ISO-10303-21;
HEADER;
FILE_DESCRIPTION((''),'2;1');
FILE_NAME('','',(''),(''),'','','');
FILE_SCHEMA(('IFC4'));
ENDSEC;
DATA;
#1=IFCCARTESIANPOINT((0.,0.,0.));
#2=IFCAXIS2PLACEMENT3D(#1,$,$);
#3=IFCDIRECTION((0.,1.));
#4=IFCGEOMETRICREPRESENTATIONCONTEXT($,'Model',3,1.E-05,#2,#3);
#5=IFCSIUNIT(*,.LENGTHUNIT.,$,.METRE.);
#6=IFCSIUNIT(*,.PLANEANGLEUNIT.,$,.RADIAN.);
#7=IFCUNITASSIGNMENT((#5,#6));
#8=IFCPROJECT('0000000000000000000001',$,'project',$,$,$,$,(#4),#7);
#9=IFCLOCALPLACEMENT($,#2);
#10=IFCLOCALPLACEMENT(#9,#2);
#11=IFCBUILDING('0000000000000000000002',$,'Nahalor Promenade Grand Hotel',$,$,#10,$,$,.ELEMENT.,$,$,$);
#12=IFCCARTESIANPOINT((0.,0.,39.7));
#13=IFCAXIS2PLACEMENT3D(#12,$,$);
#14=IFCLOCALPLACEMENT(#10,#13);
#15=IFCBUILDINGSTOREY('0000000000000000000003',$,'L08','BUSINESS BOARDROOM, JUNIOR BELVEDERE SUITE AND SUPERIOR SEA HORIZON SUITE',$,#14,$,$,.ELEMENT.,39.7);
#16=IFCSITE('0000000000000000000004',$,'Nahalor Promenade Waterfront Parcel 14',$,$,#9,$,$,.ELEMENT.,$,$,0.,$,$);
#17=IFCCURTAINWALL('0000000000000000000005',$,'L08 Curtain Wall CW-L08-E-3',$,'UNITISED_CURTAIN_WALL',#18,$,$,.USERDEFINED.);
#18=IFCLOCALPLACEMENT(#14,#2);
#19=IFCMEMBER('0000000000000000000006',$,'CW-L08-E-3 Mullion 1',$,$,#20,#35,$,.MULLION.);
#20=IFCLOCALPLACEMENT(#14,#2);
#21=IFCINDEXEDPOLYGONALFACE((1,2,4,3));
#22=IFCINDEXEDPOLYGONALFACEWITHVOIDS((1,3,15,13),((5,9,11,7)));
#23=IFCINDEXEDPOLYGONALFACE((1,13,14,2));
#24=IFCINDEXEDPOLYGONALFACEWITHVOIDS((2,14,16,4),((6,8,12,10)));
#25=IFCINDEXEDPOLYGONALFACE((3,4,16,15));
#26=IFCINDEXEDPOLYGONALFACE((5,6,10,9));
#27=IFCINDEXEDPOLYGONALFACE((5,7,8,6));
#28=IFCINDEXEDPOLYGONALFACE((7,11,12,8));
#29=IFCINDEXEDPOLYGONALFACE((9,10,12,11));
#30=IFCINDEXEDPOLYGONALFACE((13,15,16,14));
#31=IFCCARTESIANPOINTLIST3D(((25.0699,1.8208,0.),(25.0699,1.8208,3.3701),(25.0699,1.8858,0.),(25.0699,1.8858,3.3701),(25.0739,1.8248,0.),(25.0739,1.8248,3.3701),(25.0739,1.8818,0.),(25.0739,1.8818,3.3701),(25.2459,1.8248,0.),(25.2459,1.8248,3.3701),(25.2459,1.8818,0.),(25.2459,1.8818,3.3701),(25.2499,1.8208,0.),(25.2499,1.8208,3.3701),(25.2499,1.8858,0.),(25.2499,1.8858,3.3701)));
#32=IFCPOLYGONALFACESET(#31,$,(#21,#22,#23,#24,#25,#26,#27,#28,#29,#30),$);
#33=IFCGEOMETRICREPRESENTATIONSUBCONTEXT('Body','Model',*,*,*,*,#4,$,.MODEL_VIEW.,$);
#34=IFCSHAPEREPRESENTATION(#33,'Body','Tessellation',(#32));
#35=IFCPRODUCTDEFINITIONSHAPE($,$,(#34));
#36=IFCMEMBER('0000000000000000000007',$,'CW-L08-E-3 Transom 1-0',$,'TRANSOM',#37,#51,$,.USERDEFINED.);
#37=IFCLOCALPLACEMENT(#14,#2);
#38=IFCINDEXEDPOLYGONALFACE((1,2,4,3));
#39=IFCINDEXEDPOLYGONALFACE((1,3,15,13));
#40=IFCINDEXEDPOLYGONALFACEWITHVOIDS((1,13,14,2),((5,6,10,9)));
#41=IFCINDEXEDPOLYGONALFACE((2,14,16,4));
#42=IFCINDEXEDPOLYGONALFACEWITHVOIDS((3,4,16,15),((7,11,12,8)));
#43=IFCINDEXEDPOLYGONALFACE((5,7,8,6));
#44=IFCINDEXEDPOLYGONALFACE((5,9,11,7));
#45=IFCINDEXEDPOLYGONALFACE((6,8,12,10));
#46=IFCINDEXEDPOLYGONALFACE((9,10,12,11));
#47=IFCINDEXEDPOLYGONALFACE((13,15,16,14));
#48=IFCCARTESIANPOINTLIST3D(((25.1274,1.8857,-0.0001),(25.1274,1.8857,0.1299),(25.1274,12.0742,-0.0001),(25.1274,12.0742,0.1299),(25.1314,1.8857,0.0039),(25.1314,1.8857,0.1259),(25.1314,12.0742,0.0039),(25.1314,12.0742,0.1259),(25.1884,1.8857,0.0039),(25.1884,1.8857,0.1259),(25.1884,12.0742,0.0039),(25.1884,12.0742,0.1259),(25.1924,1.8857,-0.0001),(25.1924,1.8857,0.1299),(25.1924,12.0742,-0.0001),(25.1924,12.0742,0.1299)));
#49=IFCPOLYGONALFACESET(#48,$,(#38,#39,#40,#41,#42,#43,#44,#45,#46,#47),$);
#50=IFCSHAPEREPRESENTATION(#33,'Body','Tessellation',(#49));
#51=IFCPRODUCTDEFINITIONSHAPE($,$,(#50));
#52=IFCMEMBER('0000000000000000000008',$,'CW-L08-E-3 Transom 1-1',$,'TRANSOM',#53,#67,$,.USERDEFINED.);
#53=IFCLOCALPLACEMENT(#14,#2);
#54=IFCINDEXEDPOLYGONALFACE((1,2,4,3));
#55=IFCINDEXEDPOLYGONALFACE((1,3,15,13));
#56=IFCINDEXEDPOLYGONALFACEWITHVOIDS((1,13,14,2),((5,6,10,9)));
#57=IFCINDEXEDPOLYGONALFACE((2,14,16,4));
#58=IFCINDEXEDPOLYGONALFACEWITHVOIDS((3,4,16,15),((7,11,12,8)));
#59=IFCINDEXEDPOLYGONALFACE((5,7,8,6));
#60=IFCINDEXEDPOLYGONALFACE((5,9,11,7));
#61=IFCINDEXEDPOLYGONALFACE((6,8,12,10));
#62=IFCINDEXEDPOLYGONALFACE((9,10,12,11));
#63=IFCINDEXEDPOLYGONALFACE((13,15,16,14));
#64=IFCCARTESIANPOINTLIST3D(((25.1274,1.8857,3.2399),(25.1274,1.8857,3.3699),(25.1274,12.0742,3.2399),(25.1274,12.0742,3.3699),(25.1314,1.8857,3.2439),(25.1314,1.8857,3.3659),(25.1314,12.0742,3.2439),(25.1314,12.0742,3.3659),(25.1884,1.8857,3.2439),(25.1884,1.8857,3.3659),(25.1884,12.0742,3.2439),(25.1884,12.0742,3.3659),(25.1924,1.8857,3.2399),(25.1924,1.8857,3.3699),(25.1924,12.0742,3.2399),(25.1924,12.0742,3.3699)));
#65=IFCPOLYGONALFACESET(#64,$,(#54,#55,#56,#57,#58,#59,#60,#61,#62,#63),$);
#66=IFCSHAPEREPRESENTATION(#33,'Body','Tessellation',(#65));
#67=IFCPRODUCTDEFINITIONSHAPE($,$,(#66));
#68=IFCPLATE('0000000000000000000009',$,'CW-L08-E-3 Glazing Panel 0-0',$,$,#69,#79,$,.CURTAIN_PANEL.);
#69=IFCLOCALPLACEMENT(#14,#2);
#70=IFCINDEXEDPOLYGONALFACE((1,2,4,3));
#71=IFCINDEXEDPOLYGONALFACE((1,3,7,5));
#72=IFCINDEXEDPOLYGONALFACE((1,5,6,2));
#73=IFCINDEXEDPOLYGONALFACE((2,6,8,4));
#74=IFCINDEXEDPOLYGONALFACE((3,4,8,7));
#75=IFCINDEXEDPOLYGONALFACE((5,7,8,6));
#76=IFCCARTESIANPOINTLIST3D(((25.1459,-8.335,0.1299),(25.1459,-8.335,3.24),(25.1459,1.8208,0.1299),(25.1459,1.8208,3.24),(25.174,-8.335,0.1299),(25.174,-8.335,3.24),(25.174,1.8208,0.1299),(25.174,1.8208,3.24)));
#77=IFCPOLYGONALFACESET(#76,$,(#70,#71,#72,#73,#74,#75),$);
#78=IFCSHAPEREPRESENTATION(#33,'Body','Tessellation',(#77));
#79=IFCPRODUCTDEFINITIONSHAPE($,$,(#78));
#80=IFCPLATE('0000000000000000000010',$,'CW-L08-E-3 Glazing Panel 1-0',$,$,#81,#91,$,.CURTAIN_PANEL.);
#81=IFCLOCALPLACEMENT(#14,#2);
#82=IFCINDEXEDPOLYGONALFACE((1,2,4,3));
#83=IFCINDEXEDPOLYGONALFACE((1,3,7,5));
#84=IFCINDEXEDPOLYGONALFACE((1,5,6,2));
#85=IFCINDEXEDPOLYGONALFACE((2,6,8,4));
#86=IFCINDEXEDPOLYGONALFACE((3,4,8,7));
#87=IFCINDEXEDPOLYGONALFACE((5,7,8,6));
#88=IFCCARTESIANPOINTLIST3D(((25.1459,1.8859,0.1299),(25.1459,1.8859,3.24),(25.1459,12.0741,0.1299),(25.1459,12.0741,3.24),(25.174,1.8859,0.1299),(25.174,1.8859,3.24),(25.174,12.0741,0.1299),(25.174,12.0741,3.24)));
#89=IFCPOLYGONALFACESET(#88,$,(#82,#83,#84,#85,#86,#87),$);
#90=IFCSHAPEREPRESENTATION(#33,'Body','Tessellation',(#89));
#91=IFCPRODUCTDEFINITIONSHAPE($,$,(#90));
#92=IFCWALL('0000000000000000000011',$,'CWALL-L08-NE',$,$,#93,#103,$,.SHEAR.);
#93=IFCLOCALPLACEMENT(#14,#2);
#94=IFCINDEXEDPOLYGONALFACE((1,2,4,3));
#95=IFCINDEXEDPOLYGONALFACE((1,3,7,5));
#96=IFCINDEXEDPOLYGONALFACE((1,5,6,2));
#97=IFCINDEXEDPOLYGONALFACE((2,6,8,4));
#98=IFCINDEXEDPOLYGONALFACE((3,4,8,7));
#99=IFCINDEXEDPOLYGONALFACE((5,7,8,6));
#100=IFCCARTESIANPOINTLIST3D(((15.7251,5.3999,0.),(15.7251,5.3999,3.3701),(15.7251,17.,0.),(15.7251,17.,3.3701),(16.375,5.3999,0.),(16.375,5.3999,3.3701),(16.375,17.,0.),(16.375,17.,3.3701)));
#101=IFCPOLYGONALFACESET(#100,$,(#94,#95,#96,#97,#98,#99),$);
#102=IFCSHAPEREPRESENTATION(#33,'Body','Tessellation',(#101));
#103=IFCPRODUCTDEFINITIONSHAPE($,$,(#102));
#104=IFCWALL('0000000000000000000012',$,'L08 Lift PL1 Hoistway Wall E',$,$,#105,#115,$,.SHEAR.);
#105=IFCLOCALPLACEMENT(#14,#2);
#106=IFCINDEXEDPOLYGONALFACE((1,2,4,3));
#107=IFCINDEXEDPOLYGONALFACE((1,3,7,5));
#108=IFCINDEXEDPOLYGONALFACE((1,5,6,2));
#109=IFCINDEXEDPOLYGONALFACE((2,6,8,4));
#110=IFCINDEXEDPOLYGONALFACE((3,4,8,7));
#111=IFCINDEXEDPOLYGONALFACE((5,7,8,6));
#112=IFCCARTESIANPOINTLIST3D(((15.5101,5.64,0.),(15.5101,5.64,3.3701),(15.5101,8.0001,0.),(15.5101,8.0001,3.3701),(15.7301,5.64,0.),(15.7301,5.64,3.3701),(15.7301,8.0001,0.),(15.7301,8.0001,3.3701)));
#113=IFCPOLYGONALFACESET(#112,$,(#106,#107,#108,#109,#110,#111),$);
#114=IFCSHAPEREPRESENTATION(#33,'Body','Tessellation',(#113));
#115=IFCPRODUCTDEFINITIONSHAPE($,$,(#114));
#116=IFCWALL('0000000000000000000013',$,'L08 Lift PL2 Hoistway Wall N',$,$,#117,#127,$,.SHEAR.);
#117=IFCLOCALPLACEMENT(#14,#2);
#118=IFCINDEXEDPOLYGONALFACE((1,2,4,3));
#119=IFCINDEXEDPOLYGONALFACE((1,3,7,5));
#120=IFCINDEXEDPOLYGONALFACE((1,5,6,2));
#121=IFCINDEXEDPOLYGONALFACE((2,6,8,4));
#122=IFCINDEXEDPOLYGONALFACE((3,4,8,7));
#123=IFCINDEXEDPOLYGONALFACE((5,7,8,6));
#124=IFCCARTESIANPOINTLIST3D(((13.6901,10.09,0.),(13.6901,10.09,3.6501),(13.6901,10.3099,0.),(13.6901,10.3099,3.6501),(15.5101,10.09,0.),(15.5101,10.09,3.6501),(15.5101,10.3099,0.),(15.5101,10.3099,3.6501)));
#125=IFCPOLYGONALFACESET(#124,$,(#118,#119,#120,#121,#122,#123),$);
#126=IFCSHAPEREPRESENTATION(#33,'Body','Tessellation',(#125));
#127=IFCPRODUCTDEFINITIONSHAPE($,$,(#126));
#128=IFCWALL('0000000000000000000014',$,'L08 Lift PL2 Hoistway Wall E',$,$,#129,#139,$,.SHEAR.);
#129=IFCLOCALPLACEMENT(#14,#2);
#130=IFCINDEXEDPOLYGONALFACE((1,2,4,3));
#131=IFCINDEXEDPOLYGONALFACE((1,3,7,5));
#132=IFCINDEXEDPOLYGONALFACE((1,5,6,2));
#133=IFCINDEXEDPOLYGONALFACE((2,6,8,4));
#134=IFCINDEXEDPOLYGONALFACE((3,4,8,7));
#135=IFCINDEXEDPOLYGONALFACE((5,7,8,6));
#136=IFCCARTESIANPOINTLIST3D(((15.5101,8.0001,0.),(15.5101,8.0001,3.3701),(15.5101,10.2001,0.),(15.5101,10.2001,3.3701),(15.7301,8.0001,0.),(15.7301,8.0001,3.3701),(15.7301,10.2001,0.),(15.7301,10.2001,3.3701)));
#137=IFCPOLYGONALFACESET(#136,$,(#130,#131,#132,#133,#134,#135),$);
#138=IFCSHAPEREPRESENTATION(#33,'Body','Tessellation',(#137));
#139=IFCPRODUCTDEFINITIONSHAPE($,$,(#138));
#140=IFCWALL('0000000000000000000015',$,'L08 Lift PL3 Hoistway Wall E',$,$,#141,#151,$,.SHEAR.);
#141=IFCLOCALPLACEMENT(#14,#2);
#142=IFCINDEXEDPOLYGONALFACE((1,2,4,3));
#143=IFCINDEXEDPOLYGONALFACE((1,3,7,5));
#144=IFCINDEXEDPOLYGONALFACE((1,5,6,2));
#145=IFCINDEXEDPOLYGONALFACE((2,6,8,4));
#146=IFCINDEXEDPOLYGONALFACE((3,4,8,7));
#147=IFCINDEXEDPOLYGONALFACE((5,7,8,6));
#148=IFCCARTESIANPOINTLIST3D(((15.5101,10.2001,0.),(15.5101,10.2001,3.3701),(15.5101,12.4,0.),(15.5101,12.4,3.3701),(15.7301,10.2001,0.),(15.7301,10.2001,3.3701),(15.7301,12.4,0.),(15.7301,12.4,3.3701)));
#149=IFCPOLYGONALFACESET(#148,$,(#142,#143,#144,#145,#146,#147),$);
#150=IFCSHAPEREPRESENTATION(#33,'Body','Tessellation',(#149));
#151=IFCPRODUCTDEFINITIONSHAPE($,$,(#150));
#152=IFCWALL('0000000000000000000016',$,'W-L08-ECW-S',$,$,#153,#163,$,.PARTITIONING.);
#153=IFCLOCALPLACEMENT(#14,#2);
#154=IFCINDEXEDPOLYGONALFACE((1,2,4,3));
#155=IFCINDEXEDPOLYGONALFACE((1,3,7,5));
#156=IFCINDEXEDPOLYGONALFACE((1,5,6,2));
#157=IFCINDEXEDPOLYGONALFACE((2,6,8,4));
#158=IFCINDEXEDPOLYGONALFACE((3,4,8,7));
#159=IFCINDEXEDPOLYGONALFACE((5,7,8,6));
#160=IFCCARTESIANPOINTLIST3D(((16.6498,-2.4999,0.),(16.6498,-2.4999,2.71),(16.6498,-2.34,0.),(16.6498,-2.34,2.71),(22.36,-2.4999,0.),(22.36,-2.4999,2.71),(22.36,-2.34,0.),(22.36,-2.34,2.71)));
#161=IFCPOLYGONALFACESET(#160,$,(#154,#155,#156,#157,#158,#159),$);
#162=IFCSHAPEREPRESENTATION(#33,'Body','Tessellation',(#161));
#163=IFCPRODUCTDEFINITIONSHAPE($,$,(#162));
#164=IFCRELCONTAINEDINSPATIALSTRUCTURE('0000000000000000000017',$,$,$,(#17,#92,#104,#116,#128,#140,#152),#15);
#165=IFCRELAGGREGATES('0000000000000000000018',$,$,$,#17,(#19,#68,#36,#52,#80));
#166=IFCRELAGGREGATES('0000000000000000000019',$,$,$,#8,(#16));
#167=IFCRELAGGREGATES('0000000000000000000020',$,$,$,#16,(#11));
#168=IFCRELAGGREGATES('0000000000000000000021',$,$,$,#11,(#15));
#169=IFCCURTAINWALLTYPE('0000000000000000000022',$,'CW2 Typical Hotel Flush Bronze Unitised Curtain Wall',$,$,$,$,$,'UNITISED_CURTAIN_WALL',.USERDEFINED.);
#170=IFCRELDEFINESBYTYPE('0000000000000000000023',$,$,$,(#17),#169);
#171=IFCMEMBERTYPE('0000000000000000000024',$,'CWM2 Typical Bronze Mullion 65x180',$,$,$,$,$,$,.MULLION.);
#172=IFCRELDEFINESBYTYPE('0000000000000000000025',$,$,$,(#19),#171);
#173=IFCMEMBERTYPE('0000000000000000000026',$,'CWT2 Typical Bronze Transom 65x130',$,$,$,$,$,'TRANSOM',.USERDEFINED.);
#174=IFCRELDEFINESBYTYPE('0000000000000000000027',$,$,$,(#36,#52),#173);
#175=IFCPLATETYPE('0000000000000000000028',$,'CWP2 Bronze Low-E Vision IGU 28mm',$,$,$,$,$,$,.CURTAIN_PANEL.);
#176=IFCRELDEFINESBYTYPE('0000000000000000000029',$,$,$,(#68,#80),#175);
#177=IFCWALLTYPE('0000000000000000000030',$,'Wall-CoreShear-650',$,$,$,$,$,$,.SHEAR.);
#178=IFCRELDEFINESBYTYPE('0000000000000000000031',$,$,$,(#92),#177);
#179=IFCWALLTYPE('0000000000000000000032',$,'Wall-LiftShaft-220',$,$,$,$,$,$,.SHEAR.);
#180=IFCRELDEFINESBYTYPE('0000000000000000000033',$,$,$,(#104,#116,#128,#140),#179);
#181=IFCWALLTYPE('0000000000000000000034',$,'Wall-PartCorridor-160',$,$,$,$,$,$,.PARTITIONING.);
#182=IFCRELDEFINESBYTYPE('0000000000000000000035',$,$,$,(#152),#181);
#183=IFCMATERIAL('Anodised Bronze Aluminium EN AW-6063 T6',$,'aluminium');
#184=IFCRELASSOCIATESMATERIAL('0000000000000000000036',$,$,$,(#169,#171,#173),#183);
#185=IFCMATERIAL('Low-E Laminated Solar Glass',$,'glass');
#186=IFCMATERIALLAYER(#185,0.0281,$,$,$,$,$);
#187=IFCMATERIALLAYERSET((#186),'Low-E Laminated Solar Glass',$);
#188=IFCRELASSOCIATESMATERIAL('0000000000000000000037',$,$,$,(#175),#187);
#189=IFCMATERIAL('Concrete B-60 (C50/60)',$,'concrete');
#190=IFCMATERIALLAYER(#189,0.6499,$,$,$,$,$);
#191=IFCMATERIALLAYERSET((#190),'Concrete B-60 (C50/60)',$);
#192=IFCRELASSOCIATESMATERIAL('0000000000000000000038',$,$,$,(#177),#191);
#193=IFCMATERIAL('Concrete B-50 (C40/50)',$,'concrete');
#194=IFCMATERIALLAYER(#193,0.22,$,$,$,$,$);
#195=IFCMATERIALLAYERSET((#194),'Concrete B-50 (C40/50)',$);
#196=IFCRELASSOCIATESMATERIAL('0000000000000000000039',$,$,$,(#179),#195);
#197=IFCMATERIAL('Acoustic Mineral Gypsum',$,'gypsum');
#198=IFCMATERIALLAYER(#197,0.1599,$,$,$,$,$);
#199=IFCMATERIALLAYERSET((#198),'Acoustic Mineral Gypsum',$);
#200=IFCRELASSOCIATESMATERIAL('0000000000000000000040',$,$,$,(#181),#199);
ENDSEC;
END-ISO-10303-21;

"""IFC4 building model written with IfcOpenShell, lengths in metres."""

from ifc_helpers import new_model, si_unit, direction, frame, frame_2d, origin, origin_2d, place, context, subcontext, project, spatial, rectangle, hollow_rectangle, extrude, source, transform, mapped, material, layer, layer_set, material_profile, profile_set, type_object, element, aggregate, save


model = new_model("IFC4")

# Units and contexts
model_context = context("Model", 3, precision=1e-05, world=origin(), true_north=direction((0.0, 1.0)))
body_context = subcontext(model_context, "Body", "Model", "MODEL_VIEW")
ifc_project = project(units=[si_unit("LENGTHUNIT", "METRE"), si_unit("PLANEANGLEUNIT", "RADIAN")], contexts=[model_context])

# Site, building, storey
site_placement = place(None, origin())
site = spatial("IfcSite", under=ifc_project, at=site_placement, Name="Nahalor Promenade Waterfront Parcel 14", CompositionType="ELEMENT", RefElevation=0.0)
building_placement = place(site_placement, origin())
building = spatial("IfcBuilding", under=site, at=building_placement, Name="Nahalor Promenade Grand Hotel", CompositionType="ELEMENT")
storey_placement = place(building_placement, frame((0.0, 0.0, 39.7)))
storey = spatial("IfcBuildingStorey", under=building, at=storey_placement, Name="L08", Description="BUSINESS BOARDROOM, JUNIOR BELVEDERE SUITE AND SUPERIOR SEA HORIZON SUITE", CompositionType="ELEMENT", Elevation=39.7)

# Curtain wall, members, plates
ifc_material_1 = material(Name="Anodised Bronze Aluminium EN AW-6063 T6", Category="aluminium")
curtain_wall_type = type_object("IfcCurtainWallType", Name="CW2 Typical Hotel Flush Bronze Unitised Curtain Wall", ElementType="UNITISED_CURTAIN_WALL", PredefinedType="USERDEFINED", material=ifc_material_1)
curtain_wall_placement = place(storey_placement, origin())
curtain_wall = element("IfcCurtainWall", 1, at=curtain_wall_placement, inside=storey, type_object=curtain_wall_type, Name="L08 Curtain Wall CW-L08-E-3", ObjectType="UNITISED_CURTAIN_WALL", PredefinedType="USERDEFINED")
ifc_material_profile_1 = material_profile(ifc_material_1, hollow_rectangle(XDim=0.065, YDim=0.18, WallThickness=0.004, at=origin_2d()), Name="CWM 65x180x4")
ifc_profile_set_1 = profile_set([ifc_material_profile_1], Name="Anodised Bronze Aluminium EN AW-6063 T6")
member_type_1 = type_object("IfcMemberType", Name="CWM2 Typical Bronze Mullion 65x180", PredefinedType="MULLION", material=ifc_profile_set_1)
shared_shape_1 = source(origin(), body_context, "Body", "SweptSolid", [
    extrude(hollow_rectangle(XDim=0.065, YDim=0.18, WallThickness=0.004, at=origin_2d()), origin(), (0.0, 0.0, 1.0), 3.3701),
])
member_1_placement = place(storey_placement, frame((25.1599, 1.8533, 0.0), z_axis=(0.0, 0.0, 1.0), x_axis=(0.0, 1.0, 0.0)))
member_1 = element("IfcMember", 2, at=member_1_placement, type_object=member_type_1, Name="CW-L08-E-3 Mullion 1", PredefinedType="MULLION", context=body_context, shape_type="MappedRepresentation", body=[
    mapped(shared_shape_1, transform((0.0, 0.0, 0.0), scale=1.0)),
])
ifc_material_profile_2 = material_profile(ifc_material_1, hollow_rectangle(XDim=0.065, YDim=0.13, WallThickness=0.004, at=origin_2d()), Name="CWT 65x130x4")
ifc_profile_set_2 = profile_set([ifc_material_profile_2], Name="Anodised Bronze Aluminium EN AW-6063 T6")
member_type_2 = type_object("IfcMemberType", Name="CWT2 Typical Bronze Transom 65x130", ElementType="TRANSOM", PredefinedType="USERDEFINED", material=ifc_profile_set_2)
shared_shape_2 = source(origin(), body_context, "Body", "SweptSolid", [
    extrude(hollow_rectangle(XDim=0.065, YDim=0.13, WallThickness=0.004, at=origin_2d()), origin(), (0.0, 0.0, 1.0), 10.1885),
])
member_2_placement = place(storey_placement, frame((25.1599, 1.8857, 0.0649), z_axis=(0.0, 1.0, 0.0), x_axis=(-1.0, 0.0, 0.0)))
member_2 = element("IfcMember", 3, at=member_2_placement, type_object=member_type_2, Name="CW-L08-E-3 Transom 1-0", ObjectType="TRANSOM", PredefinedType="USERDEFINED", context=body_context, shape_type="MappedRepresentation", body=[
    mapped(shared_shape_2, transform((0.0, 0.0, 0.0), scale=1.0)),
])
member_3_placement = place(storey_placement, frame((25.1599, 1.8857, 3.3049), z_axis=(0.0, 1.0, 0.0), x_axis=(-1.0, 0.0, 0.0)))
member_3 = element("IfcMember", 4, at=member_3_placement, type_object=member_type_2, Name="CW-L08-E-3 Transom 1-1", ObjectType="TRANSOM", PredefinedType="USERDEFINED", context=body_context, shape_type="MappedRepresentation", body=[
    mapped(shared_shape_2, transform((0.0, 0.0, 0.0), scale=1.0)),
])
ifc_material_2 = material(Name="Low-E Laminated Solar Glass", Category="glass")
ifc_layer_1 = layer(ifc_material_2, 0.0281)
ifc_layer_set_1 = layer_set([ifc_layer_1], Name="Low-E Laminated Solar Glass")
plate_type = type_object("IfcPlateType", Name="CWP2 Bronze Low-E Vision IGU 28mm", PredefinedType="CURTAIN_PANEL", material=ifc_layer_set_1)
shared_shape_3 = source(origin(), body_context, "Body", "SweptSolid", [
    extrude(rectangle(XDim=10.1558, YDim=0.0281, at=origin_2d()), origin(), (0.0, 0.0, 1.0), 3.1101),
])
plate_1_placement = place(storey_placement, frame((25.1599, -3.2571, 0.1299), z_axis=(0.0, 0.0, 1.0), x_axis=(0.0, 1.0, 0.0)))
plate_1 = element("IfcPlate", 5, at=plate_1_placement, type_object=plate_type, Name="CW-L08-E-3 Glazing Panel 0-0", PredefinedType="CURTAIN_PANEL", context=body_context, shape_type="MappedRepresentation", body=[
    mapped(shared_shape_3, transform((0.0, 0.0, 0.0), scale=1.0)),
])
shared_shape_4 = source(origin(), body_context, "Body", "SweptSolid", [
    extrude(rectangle(XDim=10.1882, YDim=0.0281, at=origin_2d()), origin(), (0.0, 0.0, 1.0), 3.1101),
])
plate_2_placement = place(storey_placement, frame((25.1599, 6.98, 0.1299), z_axis=(0.0, 0.0, 1.0), x_axis=(0.0, 1.0, 0.0)))
plate_2 = element("IfcPlate", 6, at=plate_2_placement, type_object=plate_type, Name="CW-L08-E-3 Glazing Panel 1-0", PredefinedType="CURTAIN_PANEL", context=body_context, shape_type="MappedRepresentation", body=[
    mapped(shared_shape_4, transform((0.0, 0.0, 0.0), scale=1.0)),
])
aggregate(curtain_wall, [member_1, plate_1, member_2, member_3, plate_2])

# Walls
ifc_material_3 = material(Name="Concrete B-60 (C50/60)", Category="concrete")
ifc_layer_2 = layer(ifc_material_3, 0.6499)
ifc_layer_set_2 = layer_set([ifc_layer_2], Name="Concrete B-60 (C50/60)")
wall_type_1 = type_object("IfcWallType", Name="Wall-CoreShear-650", PredefinedType="SHEAR", material=ifc_layer_set_2)
shared_shape_5 = source(origin(), body_context, "Body", "SweptSolid", [
    extrude(rectangle(XDim=11.6001, YDim=0.6499, at=frame_2d((5.8, 0.0))), origin(), (0.0, 0.0, 1.0), 3.3701),
])
wall_1_placement = place(storey_placement, frame((16.05, 5.3999, 0.0), z_axis=(0.0, 0.0, 1.0), x_axis=(0.0, 1.0, 0.0)))
element("IfcWall", 7, at=wall_1_placement, inside=storey, type_object=wall_type_1, Name="CWALL-L08-NE", PredefinedType="SHEAR", context=body_context, shape_type="MappedRepresentation", body=[
    mapped(shared_shape_5, transform((0.0, 0.0, 0.0), scale=1.0)),
])
ifc_material_4 = material(Name="Concrete B-50 (C40/50)", Category="concrete")
ifc_layer_3 = layer(ifc_material_4, 0.22)
ifc_layer_set_3 = layer_set([ifc_layer_3], Name="Concrete B-50 (C40/50)")
wall_type_2 = type_object("IfcWallType", Name="Wall-LiftShaft-220", PredefinedType="SHEAR", material=ifc_layer_set_3)
shared_shape_6 = source(origin(), body_context, "Body", "SweptSolid", [
    extrude(rectangle(XDim=2.3601, YDim=0.22, at=frame_2d((1.1802, 0.0))), origin(), (0.0, 0.0, 1.0), 3.3701),
])
wall_2_placement = place(storey_placement, frame((15.6201, 5.6399, 0.0), z_axis=(0.0, 0.0, 1.0), x_axis=(0.0, 1.0, 0.0)))
element("IfcWall", 8, at=wall_2_placement, inside=storey, type_object=wall_type_2, Name="L08 Lift PL1 Hoistway Wall E", PredefinedType="SHEAR", context=body_context, shape_type="MappedRepresentation", body=[
    mapped(shared_shape_6, transform((0.0, 0.0, 0.0), scale=1.0)),
])
shared_shape_7 = source(origin(), body_context, "Body", "SweptSolid", [
    extrude(rectangle(XDim=1.8201, YDim=0.22, at=frame_2d((0.9102, 0.0))), origin(), (0.0, 0.0, 1.0), 3.6501),
])
wall_3_placement = place(storey_placement, frame((13.6899, 10.2, 0.0), z_axis=(0.0, 0.0, 1.0), x_axis=(1.0, 0.0, 0.0)))
element("IfcWall", 9, at=wall_3_placement, inside=storey, type_object=wall_type_2, Name="L08 Lift PL2 Hoistway Wall N", PredefinedType="SHEAR", context=body_context, shape_type="MappedRepresentation", body=[
    mapped(shared_shape_7, transform((0.0, 0.0, 0.0), scale=1.0)),
])
shared_shape_8 = source(origin(), body_context, "Body", "SweptSolid", [
    extrude(rectangle(XDim=2.2, YDim=0.22, at=frame_2d((1.1001, 0.0))), origin(), (0.0, 0.0, 1.0), 3.3701),
])
for number, where, z_axis, x_axis, name in (
    (10, (15.6201, 8.0, 0.0), (0.0, 0.0, 1.0), (0.0, 1.0, 0.0), "L08 Lift PL2 Hoistway Wall E"),
    (11, (15.6201, 10.2, 0.0), (0.0, 0.0, 1.0), (0.0, 1.0, 0.0), "L08 Lift PL3 Hoistway Wall E"),
):
    element("IfcWall", number, at=place(storey_placement, frame(where, z_axis=z_axis, x_axis=x_axis)), inside=storey, type_object=wall_type_2, Name=name, PredefinedType="SHEAR", context=body_context, shape_type="MappedRepresentation", body=[
        mapped(shared_shape_8, transform((0.0, 0.0, 0.0), scale=1.0)),
    ])

# Shared definitions
ifc_material_5 = material(Name="Acoustic Mineral Gypsum", Category="gypsum")
ifc_layer_4 = layer(ifc_material_5, 0.1599)
ifc_layer_set_4 = layer_set([ifc_layer_4], Name="Acoustic Mineral Gypsum")
wall_type_3 = type_object("IfcWallType", Name="Wall-PartCorridor-160", PredefinedType="PARTITIONING", material=ifc_layer_set_4)
shared_shape_9 = source(origin(), body_context, "Body", "SweptSolid", [
    extrude(rectangle(XDim=5.7102, YDim=0.1599, at=frame_2d((2.855, 0.0))), origin(), (0.0, 0.0, 1.0), 2.71),
])

# Wall
wall_4_placement = place(storey_placement, frame((16.6499, -2.4199, 0.0), z_axis=(0.0, 0.0, 1.0), x_axis=(1.0, 0.0, 0.0)))
element("IfcWall", 12, at=wall_4_placement, inside=storey, type_object=wall_type_3, Name="W-L08-ECW-S", PredefinedType="PARTITIONING", context=body_context, shape_type="MappedRepresentation", body=[
    mapped(shared_shape_9, transform((0.0, 0.0, 0.0), scale=1.0)),
])

save(model, "model.ifc")
